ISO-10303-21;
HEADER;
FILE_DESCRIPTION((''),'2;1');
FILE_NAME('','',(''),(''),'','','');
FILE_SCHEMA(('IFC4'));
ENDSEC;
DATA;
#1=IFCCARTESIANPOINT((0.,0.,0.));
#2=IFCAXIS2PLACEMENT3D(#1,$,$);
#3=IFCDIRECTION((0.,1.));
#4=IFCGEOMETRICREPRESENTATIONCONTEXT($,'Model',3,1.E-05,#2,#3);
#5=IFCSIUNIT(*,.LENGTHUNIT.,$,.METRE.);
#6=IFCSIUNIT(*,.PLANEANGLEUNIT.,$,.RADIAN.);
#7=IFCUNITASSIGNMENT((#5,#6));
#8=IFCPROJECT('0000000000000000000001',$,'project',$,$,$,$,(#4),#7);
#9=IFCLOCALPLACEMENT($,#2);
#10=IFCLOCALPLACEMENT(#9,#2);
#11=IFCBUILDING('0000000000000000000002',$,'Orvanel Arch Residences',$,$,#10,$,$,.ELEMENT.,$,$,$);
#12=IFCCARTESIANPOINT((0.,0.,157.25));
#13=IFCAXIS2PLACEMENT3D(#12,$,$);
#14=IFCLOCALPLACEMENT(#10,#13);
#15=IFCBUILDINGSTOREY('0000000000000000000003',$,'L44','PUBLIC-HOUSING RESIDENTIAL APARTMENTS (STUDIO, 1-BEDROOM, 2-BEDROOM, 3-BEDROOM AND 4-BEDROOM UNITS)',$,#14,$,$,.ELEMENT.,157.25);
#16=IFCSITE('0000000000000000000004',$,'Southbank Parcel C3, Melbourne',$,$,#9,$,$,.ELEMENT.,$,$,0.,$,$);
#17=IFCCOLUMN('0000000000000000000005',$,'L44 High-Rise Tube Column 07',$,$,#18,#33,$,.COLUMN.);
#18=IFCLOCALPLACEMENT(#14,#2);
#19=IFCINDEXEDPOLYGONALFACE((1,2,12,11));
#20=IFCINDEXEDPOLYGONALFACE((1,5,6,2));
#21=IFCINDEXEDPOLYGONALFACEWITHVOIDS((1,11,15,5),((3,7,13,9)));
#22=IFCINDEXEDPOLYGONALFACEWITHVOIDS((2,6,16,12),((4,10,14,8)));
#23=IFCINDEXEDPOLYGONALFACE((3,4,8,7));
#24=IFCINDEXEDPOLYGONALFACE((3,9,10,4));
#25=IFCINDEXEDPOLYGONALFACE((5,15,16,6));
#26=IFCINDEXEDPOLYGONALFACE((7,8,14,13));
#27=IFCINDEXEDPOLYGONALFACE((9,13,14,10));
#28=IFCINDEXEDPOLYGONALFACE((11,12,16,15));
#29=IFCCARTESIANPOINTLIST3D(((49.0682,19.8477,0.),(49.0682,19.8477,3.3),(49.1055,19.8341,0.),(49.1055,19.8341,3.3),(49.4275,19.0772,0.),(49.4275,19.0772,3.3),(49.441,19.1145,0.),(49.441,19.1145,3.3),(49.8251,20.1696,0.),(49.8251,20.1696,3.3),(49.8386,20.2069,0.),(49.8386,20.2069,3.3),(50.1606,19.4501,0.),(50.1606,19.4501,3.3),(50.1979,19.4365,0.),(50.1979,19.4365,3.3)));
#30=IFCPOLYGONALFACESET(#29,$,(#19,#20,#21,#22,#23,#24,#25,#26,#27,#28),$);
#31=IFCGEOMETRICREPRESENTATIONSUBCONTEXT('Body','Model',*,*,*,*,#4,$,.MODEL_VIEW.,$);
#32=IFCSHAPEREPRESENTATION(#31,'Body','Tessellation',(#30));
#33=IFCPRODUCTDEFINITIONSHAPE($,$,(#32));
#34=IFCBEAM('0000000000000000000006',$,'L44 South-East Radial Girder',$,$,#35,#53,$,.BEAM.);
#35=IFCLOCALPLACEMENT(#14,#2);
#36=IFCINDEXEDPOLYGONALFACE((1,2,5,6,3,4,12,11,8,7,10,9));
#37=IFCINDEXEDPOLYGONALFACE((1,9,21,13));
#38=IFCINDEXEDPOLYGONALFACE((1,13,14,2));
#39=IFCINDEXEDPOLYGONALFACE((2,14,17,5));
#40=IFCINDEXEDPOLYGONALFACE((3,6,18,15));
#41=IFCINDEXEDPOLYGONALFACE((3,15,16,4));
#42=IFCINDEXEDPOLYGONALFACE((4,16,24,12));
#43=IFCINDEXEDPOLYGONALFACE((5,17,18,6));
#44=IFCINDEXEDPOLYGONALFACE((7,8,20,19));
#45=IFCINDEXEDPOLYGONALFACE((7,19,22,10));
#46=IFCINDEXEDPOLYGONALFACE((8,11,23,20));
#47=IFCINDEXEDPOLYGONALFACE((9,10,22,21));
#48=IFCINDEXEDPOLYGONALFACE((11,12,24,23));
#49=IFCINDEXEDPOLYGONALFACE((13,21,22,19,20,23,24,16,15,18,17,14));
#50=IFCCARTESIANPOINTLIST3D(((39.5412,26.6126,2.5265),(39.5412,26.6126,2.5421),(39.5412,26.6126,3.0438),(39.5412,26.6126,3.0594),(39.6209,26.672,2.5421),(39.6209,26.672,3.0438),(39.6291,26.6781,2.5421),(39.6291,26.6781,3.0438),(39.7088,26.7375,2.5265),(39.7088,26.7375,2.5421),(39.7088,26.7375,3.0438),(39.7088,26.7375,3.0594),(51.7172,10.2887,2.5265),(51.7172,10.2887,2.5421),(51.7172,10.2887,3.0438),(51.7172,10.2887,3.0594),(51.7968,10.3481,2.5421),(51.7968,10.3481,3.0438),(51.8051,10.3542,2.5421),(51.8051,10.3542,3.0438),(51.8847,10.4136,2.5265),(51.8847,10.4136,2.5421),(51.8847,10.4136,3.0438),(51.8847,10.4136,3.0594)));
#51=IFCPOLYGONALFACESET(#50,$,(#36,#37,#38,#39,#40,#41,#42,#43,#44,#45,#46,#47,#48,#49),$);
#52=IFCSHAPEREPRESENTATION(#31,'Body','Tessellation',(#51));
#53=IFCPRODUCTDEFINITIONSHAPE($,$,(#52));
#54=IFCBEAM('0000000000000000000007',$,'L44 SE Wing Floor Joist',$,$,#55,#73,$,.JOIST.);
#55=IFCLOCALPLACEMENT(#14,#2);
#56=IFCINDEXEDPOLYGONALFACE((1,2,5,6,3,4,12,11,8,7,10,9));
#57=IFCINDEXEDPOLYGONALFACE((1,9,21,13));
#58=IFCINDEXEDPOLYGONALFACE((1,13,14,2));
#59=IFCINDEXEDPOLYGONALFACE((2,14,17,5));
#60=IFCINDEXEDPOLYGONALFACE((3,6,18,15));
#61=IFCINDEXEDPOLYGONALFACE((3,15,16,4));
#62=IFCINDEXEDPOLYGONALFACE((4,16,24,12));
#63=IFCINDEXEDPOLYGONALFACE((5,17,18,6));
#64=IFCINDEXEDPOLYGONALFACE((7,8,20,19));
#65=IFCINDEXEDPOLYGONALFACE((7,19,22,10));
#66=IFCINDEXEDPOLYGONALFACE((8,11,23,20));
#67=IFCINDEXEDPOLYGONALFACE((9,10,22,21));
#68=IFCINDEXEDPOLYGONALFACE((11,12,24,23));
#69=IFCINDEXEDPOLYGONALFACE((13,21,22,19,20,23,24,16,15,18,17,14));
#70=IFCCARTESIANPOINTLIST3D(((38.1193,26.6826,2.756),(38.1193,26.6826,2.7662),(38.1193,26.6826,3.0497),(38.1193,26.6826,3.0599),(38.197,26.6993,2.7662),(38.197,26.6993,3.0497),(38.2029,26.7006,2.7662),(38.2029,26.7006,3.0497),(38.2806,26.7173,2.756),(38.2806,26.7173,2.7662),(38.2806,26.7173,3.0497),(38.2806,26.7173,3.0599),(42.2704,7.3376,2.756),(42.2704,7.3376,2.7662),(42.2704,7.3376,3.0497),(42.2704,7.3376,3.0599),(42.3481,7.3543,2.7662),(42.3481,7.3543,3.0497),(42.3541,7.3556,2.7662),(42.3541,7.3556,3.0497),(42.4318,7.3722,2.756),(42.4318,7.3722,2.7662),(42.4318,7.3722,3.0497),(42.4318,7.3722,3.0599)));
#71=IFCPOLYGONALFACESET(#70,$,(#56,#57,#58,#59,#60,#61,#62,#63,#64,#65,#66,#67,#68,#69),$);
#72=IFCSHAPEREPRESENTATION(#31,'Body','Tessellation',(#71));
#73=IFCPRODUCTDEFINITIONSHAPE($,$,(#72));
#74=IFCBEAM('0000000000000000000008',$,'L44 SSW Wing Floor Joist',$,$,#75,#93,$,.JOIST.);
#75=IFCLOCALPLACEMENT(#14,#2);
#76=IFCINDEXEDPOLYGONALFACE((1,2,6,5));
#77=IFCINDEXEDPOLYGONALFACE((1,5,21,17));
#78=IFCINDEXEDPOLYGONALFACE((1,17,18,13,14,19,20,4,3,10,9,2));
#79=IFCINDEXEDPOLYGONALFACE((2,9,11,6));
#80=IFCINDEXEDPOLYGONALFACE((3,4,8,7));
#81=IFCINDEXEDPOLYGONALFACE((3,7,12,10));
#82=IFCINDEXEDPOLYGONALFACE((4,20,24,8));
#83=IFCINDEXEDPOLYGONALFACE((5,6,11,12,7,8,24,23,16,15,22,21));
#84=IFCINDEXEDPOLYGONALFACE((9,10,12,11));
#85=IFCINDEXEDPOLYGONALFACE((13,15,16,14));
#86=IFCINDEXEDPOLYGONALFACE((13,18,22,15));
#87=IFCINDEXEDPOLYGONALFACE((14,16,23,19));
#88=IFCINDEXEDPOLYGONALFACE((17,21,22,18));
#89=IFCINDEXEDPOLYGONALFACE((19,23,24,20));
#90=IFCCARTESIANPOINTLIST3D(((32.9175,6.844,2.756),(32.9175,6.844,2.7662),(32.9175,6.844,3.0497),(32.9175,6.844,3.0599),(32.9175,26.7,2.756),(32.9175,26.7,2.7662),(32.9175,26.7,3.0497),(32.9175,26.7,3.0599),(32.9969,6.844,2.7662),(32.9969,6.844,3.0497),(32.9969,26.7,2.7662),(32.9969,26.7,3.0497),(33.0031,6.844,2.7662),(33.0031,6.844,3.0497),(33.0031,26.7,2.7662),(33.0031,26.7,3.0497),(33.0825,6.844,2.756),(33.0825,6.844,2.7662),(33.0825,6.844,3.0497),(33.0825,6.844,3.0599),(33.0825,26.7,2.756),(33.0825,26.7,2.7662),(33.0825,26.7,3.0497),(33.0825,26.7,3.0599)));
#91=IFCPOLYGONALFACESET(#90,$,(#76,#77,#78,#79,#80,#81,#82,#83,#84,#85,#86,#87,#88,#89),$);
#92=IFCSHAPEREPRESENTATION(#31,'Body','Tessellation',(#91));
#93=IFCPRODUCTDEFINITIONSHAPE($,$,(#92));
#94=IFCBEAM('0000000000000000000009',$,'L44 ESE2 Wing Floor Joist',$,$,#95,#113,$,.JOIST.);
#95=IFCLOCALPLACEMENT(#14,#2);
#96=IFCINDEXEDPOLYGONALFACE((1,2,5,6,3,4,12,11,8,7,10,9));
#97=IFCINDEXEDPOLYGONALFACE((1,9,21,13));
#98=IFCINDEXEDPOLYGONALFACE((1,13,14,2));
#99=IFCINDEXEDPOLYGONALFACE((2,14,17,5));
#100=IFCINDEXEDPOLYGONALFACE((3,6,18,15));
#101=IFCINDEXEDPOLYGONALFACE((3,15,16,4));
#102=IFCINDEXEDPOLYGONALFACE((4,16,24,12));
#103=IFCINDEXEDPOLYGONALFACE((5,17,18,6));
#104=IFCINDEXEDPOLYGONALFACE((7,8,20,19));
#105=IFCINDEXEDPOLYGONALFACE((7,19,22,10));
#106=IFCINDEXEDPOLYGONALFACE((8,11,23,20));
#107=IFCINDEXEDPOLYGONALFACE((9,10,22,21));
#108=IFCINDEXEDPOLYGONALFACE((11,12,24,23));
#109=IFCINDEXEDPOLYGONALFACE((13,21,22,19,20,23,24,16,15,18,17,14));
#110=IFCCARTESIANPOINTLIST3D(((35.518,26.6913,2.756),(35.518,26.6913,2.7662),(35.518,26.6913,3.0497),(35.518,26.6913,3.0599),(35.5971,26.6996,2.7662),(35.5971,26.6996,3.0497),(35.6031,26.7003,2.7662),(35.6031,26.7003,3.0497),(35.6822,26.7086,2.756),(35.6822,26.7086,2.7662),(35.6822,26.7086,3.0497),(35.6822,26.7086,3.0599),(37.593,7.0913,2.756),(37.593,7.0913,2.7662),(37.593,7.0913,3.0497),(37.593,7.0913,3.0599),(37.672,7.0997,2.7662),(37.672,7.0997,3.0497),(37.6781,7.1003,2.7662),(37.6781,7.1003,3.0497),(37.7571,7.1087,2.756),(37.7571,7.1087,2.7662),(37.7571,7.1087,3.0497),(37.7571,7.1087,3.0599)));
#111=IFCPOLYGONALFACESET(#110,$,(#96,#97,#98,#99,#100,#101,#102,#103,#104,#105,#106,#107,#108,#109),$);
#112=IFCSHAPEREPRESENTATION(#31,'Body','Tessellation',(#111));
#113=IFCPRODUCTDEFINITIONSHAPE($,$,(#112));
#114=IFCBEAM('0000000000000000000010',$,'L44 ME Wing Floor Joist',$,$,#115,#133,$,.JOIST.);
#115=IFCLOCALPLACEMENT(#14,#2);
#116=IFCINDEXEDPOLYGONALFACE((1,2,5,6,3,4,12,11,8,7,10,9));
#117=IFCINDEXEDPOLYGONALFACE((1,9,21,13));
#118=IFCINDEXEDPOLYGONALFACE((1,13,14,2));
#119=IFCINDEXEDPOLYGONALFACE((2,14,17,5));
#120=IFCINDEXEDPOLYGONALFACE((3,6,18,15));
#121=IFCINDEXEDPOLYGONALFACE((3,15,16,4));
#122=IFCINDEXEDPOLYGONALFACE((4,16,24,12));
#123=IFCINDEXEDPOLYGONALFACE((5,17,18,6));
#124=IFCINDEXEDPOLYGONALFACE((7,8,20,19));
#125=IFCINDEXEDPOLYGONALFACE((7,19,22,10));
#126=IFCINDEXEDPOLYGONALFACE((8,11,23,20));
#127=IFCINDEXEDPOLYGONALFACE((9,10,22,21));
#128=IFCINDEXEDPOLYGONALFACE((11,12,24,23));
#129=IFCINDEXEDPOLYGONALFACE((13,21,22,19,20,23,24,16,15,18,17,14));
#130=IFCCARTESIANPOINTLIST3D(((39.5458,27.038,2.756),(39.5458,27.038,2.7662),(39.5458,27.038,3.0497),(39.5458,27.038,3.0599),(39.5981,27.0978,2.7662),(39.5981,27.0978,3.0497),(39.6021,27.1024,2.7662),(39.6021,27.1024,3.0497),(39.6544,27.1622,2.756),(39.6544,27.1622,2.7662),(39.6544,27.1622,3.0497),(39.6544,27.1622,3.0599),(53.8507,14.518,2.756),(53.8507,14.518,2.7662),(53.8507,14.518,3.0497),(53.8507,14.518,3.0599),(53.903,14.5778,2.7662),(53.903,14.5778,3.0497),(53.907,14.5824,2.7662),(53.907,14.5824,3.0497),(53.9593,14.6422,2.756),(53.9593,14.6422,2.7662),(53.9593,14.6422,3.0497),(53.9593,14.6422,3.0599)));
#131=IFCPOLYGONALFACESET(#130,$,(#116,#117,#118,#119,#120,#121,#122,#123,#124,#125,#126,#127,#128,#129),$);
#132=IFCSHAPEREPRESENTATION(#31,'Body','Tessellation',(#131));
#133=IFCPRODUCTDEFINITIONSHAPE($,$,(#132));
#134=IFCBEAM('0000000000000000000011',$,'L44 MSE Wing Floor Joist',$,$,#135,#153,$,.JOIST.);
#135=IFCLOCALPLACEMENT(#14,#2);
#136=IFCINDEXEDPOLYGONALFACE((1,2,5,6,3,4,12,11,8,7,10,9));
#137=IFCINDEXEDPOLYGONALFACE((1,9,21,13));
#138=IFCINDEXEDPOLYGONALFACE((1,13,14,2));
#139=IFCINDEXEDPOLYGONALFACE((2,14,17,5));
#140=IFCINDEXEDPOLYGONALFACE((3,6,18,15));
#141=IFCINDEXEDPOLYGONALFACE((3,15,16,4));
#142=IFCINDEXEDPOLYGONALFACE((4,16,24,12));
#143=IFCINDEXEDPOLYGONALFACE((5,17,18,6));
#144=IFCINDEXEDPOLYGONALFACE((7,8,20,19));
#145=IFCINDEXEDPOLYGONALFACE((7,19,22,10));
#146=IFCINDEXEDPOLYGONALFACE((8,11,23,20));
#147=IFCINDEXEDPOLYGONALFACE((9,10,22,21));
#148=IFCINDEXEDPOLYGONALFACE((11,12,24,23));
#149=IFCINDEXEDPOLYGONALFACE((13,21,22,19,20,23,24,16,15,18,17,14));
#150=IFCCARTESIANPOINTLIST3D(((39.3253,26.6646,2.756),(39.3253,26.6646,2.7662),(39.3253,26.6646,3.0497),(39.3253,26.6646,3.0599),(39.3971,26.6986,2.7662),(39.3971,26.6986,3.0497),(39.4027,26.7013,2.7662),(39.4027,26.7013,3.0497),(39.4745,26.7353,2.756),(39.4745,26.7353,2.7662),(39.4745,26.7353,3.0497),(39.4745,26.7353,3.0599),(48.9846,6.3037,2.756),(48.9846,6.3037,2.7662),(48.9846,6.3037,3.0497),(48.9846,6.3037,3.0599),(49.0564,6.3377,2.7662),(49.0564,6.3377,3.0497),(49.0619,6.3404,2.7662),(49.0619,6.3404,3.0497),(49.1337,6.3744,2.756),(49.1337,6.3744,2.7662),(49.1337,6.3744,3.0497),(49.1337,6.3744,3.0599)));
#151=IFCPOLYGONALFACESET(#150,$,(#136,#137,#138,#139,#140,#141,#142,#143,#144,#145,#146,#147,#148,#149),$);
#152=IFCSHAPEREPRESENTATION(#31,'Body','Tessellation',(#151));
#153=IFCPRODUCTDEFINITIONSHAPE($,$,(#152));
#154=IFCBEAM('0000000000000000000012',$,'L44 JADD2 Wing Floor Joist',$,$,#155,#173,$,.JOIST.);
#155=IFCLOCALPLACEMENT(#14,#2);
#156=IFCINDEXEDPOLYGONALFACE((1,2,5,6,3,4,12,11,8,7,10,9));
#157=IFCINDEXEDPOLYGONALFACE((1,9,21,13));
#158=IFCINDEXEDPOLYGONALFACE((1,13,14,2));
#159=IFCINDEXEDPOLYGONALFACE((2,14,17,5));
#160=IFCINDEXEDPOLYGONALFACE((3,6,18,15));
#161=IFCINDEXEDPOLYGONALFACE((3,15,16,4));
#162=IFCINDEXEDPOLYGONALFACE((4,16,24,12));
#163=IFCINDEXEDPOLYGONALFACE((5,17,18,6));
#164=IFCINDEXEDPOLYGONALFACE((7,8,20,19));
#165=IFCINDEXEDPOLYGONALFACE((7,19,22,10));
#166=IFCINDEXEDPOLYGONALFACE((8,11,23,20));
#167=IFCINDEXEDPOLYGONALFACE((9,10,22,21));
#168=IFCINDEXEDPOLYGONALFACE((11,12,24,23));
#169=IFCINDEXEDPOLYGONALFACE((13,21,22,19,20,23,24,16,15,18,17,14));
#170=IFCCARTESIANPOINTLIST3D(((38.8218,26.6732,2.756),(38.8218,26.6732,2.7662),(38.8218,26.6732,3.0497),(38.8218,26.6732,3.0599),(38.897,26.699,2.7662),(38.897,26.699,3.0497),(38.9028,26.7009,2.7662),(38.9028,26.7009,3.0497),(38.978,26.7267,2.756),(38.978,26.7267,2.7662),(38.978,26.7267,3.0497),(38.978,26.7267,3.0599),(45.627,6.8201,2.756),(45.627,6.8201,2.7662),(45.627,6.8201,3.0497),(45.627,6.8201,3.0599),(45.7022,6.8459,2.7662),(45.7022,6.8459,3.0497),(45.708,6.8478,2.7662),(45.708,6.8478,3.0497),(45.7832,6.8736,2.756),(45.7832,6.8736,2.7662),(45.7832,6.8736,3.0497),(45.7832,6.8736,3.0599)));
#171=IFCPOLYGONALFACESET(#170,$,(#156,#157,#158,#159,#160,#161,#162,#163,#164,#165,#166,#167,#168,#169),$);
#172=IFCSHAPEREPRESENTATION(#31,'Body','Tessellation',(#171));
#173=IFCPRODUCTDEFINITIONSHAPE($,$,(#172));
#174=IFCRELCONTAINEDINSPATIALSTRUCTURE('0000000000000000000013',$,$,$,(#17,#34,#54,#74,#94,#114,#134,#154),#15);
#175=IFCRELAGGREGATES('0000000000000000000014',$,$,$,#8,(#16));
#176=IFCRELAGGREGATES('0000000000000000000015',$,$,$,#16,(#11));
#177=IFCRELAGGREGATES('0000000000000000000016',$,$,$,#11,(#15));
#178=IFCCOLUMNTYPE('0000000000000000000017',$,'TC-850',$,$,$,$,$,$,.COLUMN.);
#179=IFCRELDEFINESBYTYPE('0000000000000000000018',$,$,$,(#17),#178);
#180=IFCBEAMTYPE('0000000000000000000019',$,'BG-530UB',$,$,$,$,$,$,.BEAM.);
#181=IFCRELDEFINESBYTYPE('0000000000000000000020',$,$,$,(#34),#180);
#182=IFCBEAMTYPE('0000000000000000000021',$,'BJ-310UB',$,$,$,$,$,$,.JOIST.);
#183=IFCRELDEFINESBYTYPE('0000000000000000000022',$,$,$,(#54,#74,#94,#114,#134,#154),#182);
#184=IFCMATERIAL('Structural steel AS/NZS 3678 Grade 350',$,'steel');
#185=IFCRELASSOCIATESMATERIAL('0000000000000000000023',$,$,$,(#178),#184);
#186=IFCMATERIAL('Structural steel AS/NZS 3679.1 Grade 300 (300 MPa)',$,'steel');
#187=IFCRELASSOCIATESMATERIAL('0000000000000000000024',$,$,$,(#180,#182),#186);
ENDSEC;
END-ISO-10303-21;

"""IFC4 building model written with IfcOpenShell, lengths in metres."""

from ifc_helpers import new_model, si_unit, direction, frame, origin, origin_2d, place, context, subcontext, project, spatial, hollow_rectangle, i_section, extrude, material, material_profile, profile_set, type_object, element, save


model = new_model("IFC4")

# Units and contexts
model_context = context("Model", 3, precision=1e-05, world=origin(), true_north=direction((0.0, 1.0)))
body_context = subcontext(model_context, "Body", "Model", "MODEL_VIEW")
ifc_project = project(units=[si_unit("LENGTHUNIT", "METRE"), si_unit("PLANEANGLEUNIT", "RADIAN")], contexts=[model_context])

# Site, building, storey
site_placement = place(None, origin())
site = spatial("IfcSite", under=ifc_project, at=site_placement, Name="Southbank Parcel C3, Melbourne", CompositionType="ELEMENT", RefElevation=0.0)
building_placement = place(site_placement, origin())
building = spatial("IfcBuilding", under=site, at=building_placement, Name="Orvanel Arch Residences", CompositionType="ELEMENT")
storey_placement = place(building_placement, frame((0.0, 0.0, 157.25)))
storey = spatial("IfcBuildingStorey", under=building, at=storey_placement, Name="L44", Description="PUBLIC-HOUSING RESIDENTIAL APARTMENTS (STUDIO, 1-BEDROOM, 2-BEDROOM, 3-BEDROOM AND 4-BEDROOM UNITS)", CompositionType="ELEMENT", Elevation=157.25)

# Column
ifc_material_1 = material(Name="Structural steel AS/NZS 3678 Grade 350", Category="steel")
ifc_material_profile_1 = material_profile(ifc_material_1, hollow_rectangle(XDim=0.8501, YDim=0.8501, WallThickness=0.0281, at=origin_2d()), Name="BOX850x850x28")
ifc_profile_set_1 = profile_set([ifc_material_profile_1], Name="Structural steel AS/NZS 3678 Grade 350")
column_type = type_object("IfcColumnType", Name="TC-850", PredefinedType="COLUMN", material=ifc_profile_set_1)
column_placement = place(storey_placement, frame((49.6331, 19.6421, 0.0), z_axis=(0.0, 0.0, 1.0), x_axis=(-0.422618, 0.906308, 0.0)))
element("IfcColumn", 1, at=column_placement, inside=storey, type_object=column_type, Name="L44 High-Rise Tube Column 07", PredefinedType="COLUMN", context=body_context, shape_type="SweptSolid", body=[
    extrude(hollow_rectangle(XDim=0.8501, YDim=0.8501, WallThickness=0.0281, at=origin_2d()), origin(), (0.0, 0.0, 1.0), 3.3),
])

# Beams
ifc_material_2 = material(Name="Structural steel AS/NZS 3679.1 Grade 300 (300 MPa)", Category="steel")
ifc_material_profile_2 = material_profile(ifc_material_2, i_section(OverallWidth=0.209, OverallDepth=0.533, WebThickness=0.0103, FlangeThickness=0.0156, at=origin_2d()), Name="530UB92.4")
ifc_profile_set_2 = profile_set([ifc_material_profile_2], Name="Structural steel AS/NZS 3679.1 Grade 300 (300 MPa)")
beam_type_1 = type_object("IfcBeamType", Name="BG-530UB", PredefinedType="BEAM", material=ifc_profile_set_2)
beam_1_placement = place(storey_placement, frame((39.625, 26.675, 2.793), z_axis=(0.597894, -0.801575, 0.0), x_axis=(0.801575, 0.597894, 0.0)))
element("IfcBeam", 2, at=beam_1_placement, inside=storey, type_object=beam_type_1, Name="L44 South-East Radial Girder", PredefinedType="BEAM", context=body_context, shape_type="SweptSolid", body=[
    extrude(i_section(OverallWidth=0.209, OverallDepth=0.533, WebThickness=0.0103, FlangeThickness=0.0156, at=origin_2d()), origin(), (0.0, 0.0, 1.0), 20.3647),
])
ifc_material_profile_3 = material_profile(ifc_material_2, i_section(OverallWidth=0.165, OverallDepth=0.304, WebThickness=0.0061, FlangeThickness=0.0103, at=origin_2d()), Name="310UB40.4")
ifc_profile_set_3 = profile_set([ifc_material_profile_3], Name="Structural steel AS/NZS 3679.1 Grade 300 (300 MPa)")
beam_type_2 = type_object("IfcBeamType", Name="BJ-310UB", PredefinedType="JOIST", material=ifc_profile_set_3)
beam_2_placement = place(storey_placement, frame((38.2, 26.7, 2.908), z_axis=(0.209808, -0.977743, 0.0), x_axis=(0.977743, 0.209808, 0.0)))
element("IfcBeam", 3, at=beam_2_placement, inside=storey, type_object=beam_type_2, Name="L44 SE Wing Floor Joist", PredefinedType="JOIST", context=body_context, shape_type="SweptSolid", body=[
    extrude(i_section(OverallWidth=0.165, OverallDepth=0.304, WebThickness=0.0061, FlangeThickness=0.0103, at=origin_2d()), origin(), (0.0, 0.0, 1.0), 19.7854),
])
beam_3_placement = place(storey_placement, frame((33.0, 26.7, 2.908), z_axis=(0.0, -1.0, 0.0), x_axis=(1.0, 0.0, 0.0)))
element("IfcBeam", 4, at=beam_3_placement, inside=storey, type_object=beam_type_2, Name="L44 SSW Wing Floor Joist", PredefinedType="JOIST", context=body_context, shape_type="SweptSolid", body=[
    extrude(i_section(OverallWidth=0.165, OverallDepth=0.304, WebThickness=0.0061, FlangeThickness=0.0103, at=origin_2d()), origin(), (0.0, 0.0, 1.0), 19.856),
])
beam_4_placement = place(storey_placement, frame((35.6001, 26.7, 2.908), z_axis=(0.105277, -0.994443, 0.0), x_axis=(0.994443, 0.105277, 0.0)))
element("IfcBeam", 5, at=beam_4_placement, inside=storey, type_object=beam_type_2, Name="L44 ESE2 Wing Floor Joist", PredefinedType="JOIST", context=body_context, shape_type="SweptSolid", body=[
    extrude(i_section(OverallWidth=0.165, OverallDepth=0.304, WebThickness=0.0061, FlangeThickness=0.0103, at=origin_2d()), origin(), (0.0, 0.0, 1.0), 19.7095),
])
beam_5_placement = place(storey_placement, frame((39.6001, 27.1001, 2.908), z_axis=(0.752493, -0.6586, 0.0), x_axis=(0.6586, 0.752493, 0.0)))
element("IfcBeam", 6, at=beam_5_placement, inside=storey, type_object=beam_type_2, Name="L44 ME Wing Floor Joist", PredefinedType="JOIST", context=body_context, shape_type="SweptSolid", body=[
    extrude(i_section(OverallWidth=0.165, OverallDepth=0.304, WebThickness=0.0061, FlangeThickness=0.0103, at=origin_2d()), origin(), (0.0, 0.0, 1.0), 19.01),
])
beam_6_placement = place(storey_placement, frame((39.3999, 26.7, 2.908), z_axis=(0.428614, -0.903488, 0.0), x_axis=(0.903488, 0.428614, 0.0)))
element("IfcBeam", 7, at=beam_6_placement, inside=storey, type_object=beam_type_2, Name="L44 MSE Wing Floor Joist", PredefinedType="JOIST", context=body_context, shape_type="SweptSolid", body=[
    extrude(i_section(OverallWidth=0.165, OverallDepth=0.304, WebThickness=0.0061, FlangeThickness=0.0103, at=origin_2d()), origin(), (0.0, 0.0, 1.0), 22.5359),
])
beam_7_placement = place(storey_placement, frame((38.8999, 26.7, 2.908), z_axis=(0.324257, -0.945969, 0.0), x_axis=(0.945969, 0.324257, 0.0)))
element("IfcBeam", 8, at=beam_7_placement, inside=storey, type_object=beam_type_2, Name="L44 JADD2 Wing Floor Joist", PredefinedType="JOIST", context=body_context, shape_type="SweptSolid", body=[
    extrude(i_section(OverallWidth=0.165, OverallDepth=0.304, WebThickness=0.0061, FlangeThickness=0.0103, at=origin_2d()), origin(), (0.0, 0.0, 1.0), 20.9871),
])

save(model, "model.ifc")
